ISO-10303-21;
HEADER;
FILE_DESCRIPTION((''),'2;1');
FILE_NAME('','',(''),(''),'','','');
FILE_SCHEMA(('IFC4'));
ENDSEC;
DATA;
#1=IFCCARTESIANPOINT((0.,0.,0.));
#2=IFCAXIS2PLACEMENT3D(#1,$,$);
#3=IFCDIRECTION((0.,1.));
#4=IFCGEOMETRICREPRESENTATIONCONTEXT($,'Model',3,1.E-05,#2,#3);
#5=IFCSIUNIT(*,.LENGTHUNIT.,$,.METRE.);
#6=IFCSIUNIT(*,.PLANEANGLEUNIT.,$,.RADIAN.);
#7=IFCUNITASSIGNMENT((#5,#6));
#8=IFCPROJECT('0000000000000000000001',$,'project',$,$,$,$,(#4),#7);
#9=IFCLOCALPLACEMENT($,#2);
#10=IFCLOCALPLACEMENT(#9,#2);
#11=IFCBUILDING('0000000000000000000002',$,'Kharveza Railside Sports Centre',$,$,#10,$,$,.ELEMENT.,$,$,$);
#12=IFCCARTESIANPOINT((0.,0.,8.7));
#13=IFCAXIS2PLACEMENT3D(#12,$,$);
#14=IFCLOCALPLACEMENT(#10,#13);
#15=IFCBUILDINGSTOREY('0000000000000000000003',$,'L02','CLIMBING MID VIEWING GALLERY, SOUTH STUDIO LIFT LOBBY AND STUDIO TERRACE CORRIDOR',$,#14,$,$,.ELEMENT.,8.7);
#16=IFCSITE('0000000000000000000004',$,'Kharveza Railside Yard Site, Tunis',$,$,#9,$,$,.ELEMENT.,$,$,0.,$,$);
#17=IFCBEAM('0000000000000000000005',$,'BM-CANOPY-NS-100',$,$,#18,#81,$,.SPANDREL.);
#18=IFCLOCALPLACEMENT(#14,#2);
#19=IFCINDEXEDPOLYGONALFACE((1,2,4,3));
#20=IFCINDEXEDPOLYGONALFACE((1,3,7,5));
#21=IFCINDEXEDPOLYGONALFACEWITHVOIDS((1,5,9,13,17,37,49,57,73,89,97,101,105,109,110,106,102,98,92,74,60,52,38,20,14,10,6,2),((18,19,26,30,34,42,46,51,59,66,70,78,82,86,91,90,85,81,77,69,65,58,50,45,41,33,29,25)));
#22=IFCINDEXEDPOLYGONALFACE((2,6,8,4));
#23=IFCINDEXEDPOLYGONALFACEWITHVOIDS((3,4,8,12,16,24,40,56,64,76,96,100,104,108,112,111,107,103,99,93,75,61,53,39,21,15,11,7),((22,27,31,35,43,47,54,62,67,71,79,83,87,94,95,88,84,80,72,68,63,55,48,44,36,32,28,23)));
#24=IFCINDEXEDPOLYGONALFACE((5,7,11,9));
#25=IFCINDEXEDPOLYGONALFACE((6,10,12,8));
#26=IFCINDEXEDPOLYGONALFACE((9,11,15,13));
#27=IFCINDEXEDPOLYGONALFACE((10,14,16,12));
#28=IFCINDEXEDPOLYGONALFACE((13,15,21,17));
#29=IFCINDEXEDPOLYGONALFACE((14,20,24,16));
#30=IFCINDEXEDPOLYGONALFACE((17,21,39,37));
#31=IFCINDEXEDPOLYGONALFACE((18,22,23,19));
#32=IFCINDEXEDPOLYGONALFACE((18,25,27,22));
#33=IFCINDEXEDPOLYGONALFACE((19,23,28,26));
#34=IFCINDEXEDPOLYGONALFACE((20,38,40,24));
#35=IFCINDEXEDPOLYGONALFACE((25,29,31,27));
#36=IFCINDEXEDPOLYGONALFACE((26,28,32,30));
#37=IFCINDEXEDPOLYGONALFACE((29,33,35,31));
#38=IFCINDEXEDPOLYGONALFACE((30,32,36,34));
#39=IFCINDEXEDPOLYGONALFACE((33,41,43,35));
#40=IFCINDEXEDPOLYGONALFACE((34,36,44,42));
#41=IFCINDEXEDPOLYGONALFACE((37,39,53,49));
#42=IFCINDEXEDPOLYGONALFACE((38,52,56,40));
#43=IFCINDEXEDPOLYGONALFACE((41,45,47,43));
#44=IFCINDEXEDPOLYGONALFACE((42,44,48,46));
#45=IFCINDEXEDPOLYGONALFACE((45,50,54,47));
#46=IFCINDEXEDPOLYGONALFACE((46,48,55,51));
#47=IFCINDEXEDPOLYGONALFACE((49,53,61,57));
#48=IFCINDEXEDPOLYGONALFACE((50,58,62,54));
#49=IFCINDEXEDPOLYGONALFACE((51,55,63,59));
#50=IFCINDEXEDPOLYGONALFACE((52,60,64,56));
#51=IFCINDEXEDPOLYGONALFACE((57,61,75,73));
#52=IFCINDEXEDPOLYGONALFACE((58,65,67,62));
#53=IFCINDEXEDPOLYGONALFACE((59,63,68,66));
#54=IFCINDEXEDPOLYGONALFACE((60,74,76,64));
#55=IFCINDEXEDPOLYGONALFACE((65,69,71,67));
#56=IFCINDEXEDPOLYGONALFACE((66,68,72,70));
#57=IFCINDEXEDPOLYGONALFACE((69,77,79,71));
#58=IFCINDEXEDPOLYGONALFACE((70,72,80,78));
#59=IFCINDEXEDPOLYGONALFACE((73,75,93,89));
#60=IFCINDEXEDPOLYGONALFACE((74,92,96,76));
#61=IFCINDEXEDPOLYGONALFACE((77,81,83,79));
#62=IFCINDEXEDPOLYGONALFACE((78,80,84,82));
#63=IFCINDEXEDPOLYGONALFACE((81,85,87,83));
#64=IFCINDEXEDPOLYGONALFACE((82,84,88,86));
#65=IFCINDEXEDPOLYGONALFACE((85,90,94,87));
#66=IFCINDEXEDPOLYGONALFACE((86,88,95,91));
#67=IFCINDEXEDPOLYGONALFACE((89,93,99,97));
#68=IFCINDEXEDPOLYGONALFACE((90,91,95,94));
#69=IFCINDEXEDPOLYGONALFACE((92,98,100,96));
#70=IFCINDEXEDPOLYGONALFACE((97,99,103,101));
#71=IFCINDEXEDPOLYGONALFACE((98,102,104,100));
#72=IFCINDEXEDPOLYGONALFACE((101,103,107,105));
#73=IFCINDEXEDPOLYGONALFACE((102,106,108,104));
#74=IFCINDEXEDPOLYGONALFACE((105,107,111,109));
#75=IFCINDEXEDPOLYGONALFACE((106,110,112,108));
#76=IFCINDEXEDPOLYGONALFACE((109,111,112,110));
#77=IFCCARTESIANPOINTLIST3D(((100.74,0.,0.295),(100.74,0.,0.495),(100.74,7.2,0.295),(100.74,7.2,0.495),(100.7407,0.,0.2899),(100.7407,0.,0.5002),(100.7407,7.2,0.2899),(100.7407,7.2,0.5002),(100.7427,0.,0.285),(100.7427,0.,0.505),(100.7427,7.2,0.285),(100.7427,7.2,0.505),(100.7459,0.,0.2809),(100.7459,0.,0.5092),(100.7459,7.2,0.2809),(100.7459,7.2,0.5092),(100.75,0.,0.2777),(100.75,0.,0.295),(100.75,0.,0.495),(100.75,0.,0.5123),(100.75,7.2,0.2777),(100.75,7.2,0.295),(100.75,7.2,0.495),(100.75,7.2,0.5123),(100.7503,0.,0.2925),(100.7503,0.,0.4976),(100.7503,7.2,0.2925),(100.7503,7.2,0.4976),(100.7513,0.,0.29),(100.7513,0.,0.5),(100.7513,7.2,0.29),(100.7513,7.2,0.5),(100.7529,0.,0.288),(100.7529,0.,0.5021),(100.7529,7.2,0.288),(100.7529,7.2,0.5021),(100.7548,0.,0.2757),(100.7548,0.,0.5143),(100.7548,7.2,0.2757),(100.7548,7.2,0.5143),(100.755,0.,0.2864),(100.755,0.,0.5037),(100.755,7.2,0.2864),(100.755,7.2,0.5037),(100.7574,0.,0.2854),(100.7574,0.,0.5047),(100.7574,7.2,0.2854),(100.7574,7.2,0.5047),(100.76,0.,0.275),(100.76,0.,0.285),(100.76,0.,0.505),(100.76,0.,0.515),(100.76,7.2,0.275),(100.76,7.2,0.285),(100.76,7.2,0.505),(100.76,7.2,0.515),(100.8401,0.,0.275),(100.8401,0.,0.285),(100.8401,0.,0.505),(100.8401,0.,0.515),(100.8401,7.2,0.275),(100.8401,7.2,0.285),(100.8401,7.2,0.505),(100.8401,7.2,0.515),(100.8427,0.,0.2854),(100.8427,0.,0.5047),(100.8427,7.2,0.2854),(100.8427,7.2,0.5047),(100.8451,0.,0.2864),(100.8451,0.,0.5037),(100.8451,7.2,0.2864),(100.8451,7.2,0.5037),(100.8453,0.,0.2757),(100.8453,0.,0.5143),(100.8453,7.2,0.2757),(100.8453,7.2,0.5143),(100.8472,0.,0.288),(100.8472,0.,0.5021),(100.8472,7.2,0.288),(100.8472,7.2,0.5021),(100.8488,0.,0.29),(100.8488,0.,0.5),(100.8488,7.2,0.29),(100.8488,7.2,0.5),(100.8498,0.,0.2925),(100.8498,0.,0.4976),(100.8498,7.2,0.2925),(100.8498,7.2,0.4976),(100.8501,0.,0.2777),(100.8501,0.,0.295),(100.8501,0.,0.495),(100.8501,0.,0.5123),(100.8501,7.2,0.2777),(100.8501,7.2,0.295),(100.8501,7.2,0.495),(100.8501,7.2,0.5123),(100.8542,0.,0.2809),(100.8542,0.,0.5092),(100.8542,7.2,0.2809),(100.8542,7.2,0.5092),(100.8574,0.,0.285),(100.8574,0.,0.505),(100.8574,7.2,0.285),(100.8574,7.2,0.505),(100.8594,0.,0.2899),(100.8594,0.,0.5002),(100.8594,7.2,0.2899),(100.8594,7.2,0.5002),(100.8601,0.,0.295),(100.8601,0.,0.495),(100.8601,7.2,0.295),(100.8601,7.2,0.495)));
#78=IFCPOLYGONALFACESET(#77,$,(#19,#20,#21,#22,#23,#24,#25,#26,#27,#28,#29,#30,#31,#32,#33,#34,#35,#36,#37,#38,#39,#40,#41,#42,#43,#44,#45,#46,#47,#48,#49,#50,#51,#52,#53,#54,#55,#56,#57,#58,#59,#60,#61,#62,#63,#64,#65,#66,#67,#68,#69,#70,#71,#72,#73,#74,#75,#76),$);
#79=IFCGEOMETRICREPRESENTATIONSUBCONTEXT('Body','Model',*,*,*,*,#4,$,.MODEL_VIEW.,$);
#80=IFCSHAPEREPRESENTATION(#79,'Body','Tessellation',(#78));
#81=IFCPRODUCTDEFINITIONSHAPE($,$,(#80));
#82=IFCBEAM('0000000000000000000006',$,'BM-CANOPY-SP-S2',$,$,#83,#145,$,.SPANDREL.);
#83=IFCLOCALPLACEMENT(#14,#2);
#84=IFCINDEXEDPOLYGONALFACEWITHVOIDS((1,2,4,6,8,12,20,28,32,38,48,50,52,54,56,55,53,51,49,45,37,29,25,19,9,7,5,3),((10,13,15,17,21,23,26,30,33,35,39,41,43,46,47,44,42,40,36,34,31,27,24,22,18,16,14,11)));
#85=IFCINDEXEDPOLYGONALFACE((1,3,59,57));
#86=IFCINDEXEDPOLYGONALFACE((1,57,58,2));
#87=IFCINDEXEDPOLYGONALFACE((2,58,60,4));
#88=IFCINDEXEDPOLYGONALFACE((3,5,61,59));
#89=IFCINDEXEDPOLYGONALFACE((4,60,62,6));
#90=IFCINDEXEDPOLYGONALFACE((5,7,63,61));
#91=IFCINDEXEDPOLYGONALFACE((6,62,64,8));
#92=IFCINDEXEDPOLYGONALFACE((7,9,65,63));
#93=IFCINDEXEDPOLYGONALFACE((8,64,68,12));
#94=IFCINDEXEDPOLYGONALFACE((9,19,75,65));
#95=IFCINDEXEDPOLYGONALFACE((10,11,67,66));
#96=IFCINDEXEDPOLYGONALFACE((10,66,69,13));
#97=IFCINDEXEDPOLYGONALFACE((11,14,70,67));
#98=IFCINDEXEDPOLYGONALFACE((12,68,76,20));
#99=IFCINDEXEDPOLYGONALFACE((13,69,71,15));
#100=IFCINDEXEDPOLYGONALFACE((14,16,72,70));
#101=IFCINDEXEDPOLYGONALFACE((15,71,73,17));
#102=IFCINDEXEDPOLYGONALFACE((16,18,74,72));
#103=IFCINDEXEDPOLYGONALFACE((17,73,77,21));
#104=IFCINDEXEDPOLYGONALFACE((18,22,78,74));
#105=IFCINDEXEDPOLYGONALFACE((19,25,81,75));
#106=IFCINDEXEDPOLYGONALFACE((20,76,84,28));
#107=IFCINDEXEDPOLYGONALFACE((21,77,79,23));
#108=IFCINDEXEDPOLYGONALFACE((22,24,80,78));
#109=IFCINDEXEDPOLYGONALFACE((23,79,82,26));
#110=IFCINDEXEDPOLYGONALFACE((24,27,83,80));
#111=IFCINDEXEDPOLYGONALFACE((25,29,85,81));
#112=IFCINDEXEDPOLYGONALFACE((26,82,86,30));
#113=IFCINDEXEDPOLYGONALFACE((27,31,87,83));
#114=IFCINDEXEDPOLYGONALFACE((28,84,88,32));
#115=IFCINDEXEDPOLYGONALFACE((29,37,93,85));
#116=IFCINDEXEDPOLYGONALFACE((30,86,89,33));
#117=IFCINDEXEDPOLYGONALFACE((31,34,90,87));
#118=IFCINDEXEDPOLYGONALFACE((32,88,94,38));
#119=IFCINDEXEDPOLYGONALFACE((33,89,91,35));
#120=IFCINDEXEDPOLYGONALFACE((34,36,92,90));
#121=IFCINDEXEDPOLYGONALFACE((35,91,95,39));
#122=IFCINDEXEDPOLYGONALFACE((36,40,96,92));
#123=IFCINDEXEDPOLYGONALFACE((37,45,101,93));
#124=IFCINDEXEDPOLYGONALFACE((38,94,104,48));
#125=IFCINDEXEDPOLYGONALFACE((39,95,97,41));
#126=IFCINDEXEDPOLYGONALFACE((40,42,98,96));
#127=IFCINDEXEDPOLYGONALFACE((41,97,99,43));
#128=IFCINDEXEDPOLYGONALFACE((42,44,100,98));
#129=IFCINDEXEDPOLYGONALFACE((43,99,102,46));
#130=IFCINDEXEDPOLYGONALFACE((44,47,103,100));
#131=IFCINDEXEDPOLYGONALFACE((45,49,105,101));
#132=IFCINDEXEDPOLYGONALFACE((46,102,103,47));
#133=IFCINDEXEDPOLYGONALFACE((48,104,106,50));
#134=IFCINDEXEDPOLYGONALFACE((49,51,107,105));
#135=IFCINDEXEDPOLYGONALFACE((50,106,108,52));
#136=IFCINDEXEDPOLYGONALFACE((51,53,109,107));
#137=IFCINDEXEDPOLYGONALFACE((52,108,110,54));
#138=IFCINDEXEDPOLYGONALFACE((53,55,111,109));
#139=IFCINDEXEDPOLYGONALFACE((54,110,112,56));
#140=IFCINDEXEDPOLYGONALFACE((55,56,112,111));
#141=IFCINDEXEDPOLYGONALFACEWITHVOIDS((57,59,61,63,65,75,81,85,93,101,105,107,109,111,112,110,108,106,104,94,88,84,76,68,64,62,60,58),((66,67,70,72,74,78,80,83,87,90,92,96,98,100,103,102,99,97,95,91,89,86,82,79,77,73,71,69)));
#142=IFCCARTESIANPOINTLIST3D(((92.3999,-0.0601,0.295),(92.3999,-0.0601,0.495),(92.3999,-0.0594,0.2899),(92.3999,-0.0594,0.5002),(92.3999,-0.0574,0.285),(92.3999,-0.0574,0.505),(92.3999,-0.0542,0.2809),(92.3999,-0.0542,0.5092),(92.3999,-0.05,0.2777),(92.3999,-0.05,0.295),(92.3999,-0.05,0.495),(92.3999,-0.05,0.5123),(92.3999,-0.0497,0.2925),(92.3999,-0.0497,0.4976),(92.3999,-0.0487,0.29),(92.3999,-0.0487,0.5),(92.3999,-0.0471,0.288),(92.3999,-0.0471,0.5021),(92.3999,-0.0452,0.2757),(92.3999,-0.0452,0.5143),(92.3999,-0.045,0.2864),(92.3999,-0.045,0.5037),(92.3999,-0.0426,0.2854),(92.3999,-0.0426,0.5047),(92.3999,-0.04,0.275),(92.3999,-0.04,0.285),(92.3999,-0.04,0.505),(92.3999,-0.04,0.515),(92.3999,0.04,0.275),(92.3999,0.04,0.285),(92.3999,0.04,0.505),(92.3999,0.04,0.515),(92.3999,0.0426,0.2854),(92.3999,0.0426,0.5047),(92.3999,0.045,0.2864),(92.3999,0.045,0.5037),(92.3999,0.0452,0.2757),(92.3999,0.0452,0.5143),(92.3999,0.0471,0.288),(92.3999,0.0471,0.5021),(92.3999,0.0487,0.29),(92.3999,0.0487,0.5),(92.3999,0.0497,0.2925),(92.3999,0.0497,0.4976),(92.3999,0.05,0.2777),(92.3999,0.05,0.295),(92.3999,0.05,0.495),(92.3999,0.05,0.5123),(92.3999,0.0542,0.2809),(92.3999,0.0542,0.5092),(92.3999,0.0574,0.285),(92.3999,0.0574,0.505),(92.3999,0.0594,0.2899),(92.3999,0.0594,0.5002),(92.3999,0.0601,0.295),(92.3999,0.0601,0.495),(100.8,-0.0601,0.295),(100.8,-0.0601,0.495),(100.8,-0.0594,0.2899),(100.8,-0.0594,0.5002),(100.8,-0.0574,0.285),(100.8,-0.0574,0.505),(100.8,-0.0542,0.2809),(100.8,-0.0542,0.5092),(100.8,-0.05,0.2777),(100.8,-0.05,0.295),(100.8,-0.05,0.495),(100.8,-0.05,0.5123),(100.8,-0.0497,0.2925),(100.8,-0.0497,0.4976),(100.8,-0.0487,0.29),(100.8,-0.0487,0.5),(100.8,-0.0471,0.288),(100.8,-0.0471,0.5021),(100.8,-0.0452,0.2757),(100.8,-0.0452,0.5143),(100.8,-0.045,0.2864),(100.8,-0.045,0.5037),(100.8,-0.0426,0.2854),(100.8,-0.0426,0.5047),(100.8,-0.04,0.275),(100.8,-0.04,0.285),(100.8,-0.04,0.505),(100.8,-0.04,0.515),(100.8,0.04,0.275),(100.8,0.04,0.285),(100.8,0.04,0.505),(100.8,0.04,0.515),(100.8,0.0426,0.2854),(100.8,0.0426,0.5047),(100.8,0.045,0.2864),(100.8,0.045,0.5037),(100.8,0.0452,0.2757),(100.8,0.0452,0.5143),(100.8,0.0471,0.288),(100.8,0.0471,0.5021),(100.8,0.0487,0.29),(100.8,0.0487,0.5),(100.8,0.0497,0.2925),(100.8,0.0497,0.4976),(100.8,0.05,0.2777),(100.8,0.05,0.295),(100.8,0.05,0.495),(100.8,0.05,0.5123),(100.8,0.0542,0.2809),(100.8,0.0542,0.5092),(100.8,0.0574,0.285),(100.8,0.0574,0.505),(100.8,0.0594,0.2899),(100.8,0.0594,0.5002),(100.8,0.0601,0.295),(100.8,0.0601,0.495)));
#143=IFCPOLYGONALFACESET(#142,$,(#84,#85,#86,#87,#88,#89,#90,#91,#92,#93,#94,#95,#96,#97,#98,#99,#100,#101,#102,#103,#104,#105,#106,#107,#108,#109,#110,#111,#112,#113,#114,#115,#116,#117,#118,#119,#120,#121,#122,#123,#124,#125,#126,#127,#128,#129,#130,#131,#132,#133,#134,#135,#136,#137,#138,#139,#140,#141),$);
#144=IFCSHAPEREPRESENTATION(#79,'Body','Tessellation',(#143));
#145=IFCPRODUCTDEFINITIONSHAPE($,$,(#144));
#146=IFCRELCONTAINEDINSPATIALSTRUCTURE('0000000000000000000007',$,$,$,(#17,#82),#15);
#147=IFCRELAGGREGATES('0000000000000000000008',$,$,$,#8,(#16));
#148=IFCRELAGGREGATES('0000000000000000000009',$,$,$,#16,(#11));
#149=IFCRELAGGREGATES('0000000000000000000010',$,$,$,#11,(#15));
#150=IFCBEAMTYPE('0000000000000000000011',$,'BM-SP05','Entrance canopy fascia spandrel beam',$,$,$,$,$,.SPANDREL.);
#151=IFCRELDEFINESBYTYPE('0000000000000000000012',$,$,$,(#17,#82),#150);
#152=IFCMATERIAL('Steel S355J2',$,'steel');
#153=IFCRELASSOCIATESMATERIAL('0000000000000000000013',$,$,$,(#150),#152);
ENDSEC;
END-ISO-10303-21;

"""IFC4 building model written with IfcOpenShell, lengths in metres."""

from ifc_helpers import new_model, si_unit, direction, frame, origin, origin_2d, place, context, subcontext, project, spatial, hollow_rectangle, extrude, material, material_profile, profile_set, type_object, element, save


model = new_model("IFC4")

# Units and contexts
model_context = context("Model", 3, precision=1e-05, world=origin(), true_north=direction((0.0, 1.0)))
body_context = subcontext(model_context, "Body", "Model", "MODEL_VIEW")
ifc_project = project(units=[si_unit("LENGTHUNIT", "METRE"), si_unit("PLANEANGLEUNIT", "RADIAN")], contexts=[model_context])

# Site, building, storey
site_placement = place(None, origin())
site = spatial("IfcSite", under=ifc_project, at=site_placement, Name="Kharveza Railside Yard Site, Tunis", CompositionType="ELEMENT", RefElevation=0.0)
building_placement = place(site_placement, origin())
building = spatial("IfcBuilding", under=site, at=building_placement, Name="Kharveza Railside Sports Centre", CompositionType="ELEMENT")
storey_placement = place(building_placement, frame((0.0, 0.0, 8.7)))
storey = spatial("IfcBuildingStorey", under=building, at=storey_placement, Name="L02", Description="CLIMBING MID VIEWING GALLERY, SOUTH STUDIO LIFT LOBBY AND STUDIO TERRACE CORRIDOR", CompositionType="ELEMENT", Elevation=8.7)

# Shared definitions
ifc_material_1 = material(Name="Steel S355J2", Category="steel")

# Beams
ifc_material_profile_1 = material_profile(ifc_material_1, hollow_rectangle(XDim=0.1201, YDim=0.24, WallThickness=0.01, InnerFilletRadius=0.01, OuterFilletRadius=0.02, at=origin_2d()), Name="RHS 120x240x10.0")
ifc_profile_set_1 = profile_set([ifc_material_profile_1], Name="Steel S355J2")
beam_type_1 = type_object("IfcBeamType", Name="BM-SP05", Description="Entrance canopy fascia spandrel beam", PredefinedType="SPANDREL", material=ifc_profile_set_1)
for number, where, z_axis, x_axis, name in (
    (1, (100.8, 0.0, 0.395), (0.0, 1.0, 0.0), (-1.0, 0.0, 0.0), "BM-CANOPY-NS-100"),
):
    element("IfcBeam", number, at=place(storey_placement, frame(where, z_axis=z_axis, x_axis=x_axis)), inside=storey, type_object=beam_type_1, Name=name, PredefinedType="SPANDREL", context=body_context, shape_type="SweptSolid", body=[
        extrude(hollow_rectangle(XDim=0.1201, YDim=0.24, WallThickness=0.01, InnerFilletRadius=0.01, OuterFilletRadius=0.02, at=origin_2d()), origin(), (0.0, 0.0, 1.0), 7.2),
    ])
for number, where, z_axis, x_axis, name in (
    (2, (92.3999, 0.0, 0.395), (1.0, 0.0, 0.0), (0.0, 1.0, 0.0), "BM-CANOPY-SP-S2"),
):
    element("IfcBeam", number, at=place(storey_placement, frame(where, z_axis=z_axis, x_axis=x_axis)), inside=storey, type_object=beam_type_1, Name=name, PredefinedType="SPANDREL", context=body_context, shape_type="SweptSolid", body=[
        extrude(hollow_rectangle(XDim=0.1201, YDim=0.24, WallThickness=0.01, InnerFilletRadius=0.01, OuterFilletRadius=0.02, at=origin_2d()), origin(), (0.0, 0.0, 1.0), 8.4001),
    ])

save(model, "model.ifc")
